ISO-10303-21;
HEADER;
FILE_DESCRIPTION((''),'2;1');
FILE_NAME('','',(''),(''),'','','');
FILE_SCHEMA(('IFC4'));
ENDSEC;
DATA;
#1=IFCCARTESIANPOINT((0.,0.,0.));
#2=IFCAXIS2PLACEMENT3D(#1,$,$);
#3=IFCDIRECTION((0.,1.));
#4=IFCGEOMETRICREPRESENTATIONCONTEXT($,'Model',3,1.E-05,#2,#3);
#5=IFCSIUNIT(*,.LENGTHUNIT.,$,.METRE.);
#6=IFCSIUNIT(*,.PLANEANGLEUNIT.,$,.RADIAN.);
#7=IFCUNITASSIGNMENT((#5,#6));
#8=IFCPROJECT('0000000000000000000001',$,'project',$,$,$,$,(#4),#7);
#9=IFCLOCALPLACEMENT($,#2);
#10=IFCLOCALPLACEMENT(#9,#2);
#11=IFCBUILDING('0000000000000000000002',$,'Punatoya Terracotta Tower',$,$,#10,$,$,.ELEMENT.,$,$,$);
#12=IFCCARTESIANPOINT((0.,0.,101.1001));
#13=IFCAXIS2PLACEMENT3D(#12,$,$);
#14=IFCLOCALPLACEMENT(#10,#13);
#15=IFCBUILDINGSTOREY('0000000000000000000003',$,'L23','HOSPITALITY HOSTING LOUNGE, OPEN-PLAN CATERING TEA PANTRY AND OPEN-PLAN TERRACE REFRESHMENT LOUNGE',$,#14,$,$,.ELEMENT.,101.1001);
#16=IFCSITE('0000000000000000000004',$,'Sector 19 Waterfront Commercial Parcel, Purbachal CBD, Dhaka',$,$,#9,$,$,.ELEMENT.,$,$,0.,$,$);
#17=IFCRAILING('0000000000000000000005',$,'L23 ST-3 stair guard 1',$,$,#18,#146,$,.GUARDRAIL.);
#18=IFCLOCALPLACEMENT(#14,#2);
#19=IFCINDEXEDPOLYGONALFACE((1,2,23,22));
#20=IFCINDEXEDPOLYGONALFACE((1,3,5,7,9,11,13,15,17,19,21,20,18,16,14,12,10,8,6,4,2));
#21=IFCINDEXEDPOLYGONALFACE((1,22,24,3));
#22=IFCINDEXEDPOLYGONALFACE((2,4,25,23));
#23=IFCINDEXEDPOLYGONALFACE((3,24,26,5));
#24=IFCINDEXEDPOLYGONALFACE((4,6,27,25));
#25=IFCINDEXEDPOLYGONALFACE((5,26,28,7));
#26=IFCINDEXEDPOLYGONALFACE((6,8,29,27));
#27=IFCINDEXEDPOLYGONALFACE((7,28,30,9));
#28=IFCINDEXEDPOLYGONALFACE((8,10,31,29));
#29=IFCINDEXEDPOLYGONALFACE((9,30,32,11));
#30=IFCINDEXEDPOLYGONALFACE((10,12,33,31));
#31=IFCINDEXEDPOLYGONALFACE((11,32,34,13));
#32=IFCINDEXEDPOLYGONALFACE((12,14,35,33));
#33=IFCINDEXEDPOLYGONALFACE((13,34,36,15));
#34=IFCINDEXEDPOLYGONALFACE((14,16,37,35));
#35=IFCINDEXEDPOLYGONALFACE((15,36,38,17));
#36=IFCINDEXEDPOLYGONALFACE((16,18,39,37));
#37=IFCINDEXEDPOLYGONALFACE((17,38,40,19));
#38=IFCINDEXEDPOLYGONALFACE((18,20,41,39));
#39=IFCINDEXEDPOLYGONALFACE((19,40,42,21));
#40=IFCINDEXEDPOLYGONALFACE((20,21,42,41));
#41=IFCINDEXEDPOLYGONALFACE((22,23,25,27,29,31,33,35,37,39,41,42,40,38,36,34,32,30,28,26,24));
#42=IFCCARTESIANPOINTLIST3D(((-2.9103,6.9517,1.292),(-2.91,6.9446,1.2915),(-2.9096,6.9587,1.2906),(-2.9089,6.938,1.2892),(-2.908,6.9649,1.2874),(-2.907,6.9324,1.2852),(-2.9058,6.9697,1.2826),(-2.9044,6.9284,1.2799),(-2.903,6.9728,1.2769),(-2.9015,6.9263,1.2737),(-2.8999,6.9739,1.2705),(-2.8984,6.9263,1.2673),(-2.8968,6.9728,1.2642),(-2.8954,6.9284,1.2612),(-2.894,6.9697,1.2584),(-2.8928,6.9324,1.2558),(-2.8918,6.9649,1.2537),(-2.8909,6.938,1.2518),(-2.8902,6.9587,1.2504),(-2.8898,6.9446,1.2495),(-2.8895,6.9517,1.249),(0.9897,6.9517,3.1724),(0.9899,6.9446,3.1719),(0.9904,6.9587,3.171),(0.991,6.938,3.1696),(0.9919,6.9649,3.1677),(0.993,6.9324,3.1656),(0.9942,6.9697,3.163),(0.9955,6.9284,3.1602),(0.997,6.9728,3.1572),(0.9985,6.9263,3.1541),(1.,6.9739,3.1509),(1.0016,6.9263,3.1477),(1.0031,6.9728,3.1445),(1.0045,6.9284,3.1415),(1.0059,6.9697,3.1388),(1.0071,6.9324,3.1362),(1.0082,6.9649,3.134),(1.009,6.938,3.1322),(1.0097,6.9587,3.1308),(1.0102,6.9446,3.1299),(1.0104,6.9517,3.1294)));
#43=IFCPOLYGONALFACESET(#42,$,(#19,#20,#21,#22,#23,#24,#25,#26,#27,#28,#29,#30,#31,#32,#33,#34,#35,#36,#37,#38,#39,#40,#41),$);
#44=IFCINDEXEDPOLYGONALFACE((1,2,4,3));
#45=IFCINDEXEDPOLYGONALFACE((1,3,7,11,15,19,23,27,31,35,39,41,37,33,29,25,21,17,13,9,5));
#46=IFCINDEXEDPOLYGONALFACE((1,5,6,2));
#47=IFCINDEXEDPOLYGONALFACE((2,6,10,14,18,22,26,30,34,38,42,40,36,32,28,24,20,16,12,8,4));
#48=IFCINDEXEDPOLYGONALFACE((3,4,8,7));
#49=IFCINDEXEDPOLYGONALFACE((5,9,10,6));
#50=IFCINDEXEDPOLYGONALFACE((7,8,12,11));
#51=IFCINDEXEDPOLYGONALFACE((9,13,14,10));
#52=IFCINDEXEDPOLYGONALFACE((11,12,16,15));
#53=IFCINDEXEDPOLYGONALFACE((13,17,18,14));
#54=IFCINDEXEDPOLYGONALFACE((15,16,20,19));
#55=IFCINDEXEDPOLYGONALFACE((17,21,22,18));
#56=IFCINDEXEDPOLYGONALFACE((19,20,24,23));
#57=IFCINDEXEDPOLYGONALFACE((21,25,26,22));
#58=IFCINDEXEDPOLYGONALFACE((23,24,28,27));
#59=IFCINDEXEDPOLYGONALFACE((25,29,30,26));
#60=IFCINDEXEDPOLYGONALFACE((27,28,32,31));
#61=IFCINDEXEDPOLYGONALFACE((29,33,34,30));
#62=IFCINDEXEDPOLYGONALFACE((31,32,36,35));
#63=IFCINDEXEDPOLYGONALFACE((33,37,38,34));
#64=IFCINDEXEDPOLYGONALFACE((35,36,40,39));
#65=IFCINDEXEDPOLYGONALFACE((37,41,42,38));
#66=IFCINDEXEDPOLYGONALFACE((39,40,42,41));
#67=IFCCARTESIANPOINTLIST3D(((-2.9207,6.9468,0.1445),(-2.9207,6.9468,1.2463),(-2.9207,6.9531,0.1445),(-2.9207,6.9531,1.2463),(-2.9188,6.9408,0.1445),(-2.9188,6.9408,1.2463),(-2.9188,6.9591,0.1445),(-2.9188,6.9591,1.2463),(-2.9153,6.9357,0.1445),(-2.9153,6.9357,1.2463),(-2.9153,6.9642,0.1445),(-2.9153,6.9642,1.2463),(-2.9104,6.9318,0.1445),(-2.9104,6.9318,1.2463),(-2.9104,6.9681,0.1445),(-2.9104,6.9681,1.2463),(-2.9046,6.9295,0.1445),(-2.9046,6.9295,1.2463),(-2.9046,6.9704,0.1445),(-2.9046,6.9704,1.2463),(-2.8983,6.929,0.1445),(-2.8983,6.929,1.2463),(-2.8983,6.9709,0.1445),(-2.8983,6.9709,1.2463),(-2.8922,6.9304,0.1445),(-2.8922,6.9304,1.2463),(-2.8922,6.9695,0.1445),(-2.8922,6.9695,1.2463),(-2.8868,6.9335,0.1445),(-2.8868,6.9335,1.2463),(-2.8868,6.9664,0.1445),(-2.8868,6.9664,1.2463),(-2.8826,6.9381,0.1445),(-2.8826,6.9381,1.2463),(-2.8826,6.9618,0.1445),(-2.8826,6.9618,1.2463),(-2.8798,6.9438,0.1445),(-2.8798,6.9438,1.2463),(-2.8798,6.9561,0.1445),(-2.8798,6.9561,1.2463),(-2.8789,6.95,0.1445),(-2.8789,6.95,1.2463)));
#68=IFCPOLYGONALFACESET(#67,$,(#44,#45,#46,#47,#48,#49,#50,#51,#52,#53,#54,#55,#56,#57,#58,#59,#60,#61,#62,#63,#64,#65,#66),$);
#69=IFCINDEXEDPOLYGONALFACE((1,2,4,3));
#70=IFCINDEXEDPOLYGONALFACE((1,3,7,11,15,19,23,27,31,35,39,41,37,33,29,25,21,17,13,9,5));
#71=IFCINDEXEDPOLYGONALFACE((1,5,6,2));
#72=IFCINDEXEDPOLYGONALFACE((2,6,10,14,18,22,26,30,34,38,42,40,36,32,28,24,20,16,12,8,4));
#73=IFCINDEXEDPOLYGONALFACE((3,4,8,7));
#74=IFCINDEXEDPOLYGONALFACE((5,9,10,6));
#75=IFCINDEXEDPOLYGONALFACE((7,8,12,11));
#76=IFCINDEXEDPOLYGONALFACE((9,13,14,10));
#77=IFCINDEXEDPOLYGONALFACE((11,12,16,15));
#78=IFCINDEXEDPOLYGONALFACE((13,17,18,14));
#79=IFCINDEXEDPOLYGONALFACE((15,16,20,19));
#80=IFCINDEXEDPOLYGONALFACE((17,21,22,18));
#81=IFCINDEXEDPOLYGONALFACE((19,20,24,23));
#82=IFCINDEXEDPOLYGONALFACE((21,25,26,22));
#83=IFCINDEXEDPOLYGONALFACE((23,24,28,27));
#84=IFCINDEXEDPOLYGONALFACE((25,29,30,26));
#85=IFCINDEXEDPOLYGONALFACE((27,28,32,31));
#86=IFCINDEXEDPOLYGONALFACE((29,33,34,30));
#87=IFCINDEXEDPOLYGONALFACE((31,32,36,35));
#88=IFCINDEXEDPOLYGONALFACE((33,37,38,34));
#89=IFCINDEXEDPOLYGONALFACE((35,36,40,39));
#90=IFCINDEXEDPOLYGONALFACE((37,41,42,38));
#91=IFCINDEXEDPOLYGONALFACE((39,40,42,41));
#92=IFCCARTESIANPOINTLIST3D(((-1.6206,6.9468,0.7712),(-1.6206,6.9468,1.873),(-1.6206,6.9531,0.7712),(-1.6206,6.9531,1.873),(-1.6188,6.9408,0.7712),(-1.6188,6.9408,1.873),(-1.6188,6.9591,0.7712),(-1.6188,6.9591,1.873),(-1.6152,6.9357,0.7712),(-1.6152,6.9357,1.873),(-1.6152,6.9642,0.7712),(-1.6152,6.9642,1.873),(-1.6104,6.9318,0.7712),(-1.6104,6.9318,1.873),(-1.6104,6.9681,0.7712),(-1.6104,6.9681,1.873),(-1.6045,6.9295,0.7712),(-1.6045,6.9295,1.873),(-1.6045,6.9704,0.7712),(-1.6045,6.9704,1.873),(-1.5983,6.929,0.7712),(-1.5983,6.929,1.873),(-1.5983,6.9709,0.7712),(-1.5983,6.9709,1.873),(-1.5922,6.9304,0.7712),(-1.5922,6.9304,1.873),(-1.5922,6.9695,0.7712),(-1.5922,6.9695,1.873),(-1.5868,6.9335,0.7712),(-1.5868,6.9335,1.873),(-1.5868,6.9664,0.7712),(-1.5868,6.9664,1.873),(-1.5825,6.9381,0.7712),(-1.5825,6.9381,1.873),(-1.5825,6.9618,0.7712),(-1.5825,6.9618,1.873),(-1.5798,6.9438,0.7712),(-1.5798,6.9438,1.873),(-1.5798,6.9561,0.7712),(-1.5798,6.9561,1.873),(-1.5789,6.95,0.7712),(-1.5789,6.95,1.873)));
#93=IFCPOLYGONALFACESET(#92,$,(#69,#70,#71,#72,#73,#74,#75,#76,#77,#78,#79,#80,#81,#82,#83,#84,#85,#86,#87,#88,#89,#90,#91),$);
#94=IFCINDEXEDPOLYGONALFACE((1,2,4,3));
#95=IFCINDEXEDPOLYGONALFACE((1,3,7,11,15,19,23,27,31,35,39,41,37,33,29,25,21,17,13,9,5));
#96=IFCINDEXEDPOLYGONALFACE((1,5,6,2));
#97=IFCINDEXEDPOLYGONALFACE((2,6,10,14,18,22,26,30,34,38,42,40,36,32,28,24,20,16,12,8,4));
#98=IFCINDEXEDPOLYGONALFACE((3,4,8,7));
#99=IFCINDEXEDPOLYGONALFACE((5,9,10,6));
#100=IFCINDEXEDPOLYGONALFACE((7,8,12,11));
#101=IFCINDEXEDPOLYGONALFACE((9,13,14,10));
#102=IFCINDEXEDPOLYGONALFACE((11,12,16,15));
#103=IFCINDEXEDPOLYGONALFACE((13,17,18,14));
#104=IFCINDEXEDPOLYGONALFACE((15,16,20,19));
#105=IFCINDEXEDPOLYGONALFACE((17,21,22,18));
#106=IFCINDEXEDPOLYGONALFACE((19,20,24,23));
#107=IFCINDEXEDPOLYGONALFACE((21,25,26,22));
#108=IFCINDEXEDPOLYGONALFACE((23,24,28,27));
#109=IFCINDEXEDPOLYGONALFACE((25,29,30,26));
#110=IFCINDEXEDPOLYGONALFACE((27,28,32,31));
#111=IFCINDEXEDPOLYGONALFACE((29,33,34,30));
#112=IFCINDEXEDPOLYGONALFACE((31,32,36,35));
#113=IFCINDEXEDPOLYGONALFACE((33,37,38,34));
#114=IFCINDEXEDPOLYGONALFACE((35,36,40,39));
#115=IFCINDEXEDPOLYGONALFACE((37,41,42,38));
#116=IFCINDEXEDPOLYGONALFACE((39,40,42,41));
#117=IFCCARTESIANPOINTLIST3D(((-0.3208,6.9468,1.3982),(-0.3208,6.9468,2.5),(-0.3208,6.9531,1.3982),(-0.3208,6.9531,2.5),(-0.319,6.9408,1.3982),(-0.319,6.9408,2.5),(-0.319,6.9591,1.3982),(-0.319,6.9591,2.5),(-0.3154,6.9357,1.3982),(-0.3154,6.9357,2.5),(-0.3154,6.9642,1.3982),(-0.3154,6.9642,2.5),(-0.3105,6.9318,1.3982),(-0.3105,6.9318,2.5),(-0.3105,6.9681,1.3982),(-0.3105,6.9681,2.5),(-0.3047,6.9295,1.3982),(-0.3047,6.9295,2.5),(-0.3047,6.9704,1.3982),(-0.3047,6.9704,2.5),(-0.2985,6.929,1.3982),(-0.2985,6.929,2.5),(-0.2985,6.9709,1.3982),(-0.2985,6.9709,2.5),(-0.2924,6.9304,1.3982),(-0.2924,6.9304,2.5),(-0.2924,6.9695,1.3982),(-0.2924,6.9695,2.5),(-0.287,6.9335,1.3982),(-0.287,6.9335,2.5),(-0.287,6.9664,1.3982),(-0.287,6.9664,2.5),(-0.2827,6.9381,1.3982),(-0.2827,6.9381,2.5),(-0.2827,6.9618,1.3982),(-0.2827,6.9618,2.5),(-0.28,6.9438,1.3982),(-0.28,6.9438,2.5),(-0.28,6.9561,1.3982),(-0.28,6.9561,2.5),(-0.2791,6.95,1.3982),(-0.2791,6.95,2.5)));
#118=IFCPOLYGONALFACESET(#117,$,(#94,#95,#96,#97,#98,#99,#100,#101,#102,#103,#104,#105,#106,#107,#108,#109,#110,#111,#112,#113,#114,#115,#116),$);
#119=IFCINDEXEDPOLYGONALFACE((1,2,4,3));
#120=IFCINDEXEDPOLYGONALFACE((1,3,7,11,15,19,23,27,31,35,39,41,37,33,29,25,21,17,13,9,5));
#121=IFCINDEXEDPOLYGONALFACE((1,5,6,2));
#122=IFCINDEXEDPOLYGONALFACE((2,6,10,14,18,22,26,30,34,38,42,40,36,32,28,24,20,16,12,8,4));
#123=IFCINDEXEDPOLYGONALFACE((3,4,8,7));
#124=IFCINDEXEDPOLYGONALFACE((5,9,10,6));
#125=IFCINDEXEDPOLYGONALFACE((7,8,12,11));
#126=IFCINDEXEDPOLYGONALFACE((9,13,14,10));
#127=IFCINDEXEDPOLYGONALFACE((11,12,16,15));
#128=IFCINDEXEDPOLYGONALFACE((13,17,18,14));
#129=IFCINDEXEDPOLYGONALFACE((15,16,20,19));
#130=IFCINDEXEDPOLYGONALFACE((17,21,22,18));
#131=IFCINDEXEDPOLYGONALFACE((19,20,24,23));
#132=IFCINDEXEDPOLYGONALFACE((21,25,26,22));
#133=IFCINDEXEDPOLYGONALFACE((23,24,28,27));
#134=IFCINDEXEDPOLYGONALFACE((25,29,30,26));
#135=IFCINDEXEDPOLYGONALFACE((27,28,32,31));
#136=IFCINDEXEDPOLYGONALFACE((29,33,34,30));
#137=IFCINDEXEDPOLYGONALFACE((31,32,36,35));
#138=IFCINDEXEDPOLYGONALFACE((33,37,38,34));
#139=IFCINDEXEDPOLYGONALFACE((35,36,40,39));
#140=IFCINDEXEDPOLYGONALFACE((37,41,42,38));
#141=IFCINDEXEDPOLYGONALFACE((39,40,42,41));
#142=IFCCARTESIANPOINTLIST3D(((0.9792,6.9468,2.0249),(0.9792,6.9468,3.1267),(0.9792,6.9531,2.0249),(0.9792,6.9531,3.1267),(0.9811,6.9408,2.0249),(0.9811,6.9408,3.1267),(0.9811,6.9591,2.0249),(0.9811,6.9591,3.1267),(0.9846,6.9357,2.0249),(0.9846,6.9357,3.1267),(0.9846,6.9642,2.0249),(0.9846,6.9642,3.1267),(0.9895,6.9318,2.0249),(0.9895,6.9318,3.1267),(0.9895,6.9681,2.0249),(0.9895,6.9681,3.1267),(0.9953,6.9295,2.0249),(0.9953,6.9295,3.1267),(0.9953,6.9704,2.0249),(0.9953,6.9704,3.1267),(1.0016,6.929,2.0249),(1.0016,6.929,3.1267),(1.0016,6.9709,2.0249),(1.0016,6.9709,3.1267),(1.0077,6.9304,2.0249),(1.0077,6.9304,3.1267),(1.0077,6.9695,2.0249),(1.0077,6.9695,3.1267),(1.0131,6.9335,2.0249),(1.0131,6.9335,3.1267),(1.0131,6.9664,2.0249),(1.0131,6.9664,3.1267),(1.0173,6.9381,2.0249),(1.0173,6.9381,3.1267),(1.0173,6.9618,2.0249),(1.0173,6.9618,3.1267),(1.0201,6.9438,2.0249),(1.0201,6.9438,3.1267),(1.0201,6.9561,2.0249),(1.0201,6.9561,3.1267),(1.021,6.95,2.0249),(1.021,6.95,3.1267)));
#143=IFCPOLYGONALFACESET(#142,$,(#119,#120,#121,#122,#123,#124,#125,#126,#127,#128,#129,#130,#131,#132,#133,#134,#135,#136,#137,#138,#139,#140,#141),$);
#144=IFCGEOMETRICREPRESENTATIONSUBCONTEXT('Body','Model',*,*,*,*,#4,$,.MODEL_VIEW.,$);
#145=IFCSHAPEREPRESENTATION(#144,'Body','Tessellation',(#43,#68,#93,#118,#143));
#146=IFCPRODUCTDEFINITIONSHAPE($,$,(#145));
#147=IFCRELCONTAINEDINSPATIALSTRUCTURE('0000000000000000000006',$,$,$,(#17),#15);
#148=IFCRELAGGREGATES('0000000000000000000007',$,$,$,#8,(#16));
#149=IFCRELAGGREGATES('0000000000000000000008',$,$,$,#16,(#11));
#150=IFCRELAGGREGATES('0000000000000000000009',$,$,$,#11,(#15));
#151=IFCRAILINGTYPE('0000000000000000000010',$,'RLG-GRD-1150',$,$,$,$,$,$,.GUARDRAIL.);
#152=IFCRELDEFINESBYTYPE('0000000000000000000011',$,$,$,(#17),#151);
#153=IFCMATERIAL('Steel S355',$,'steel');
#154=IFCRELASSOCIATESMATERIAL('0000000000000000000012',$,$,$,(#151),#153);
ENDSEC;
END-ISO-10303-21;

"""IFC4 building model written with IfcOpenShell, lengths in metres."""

from ifc_helpers import new_model, si_unit, direction, frame, origin, origin_2d, place, context, subcontext, project, spatial, circle, extrude, material, type_object, element, save


model = new_model("IFC4")

# Units and contexts
model_context = context("Model", 3, precision=1e-05, world=origin(), true_north=direction((0.0, 1.0)))
body_context = subcontext(model_context, "Body", "Model", "MODEL_VIEW")
ifc_project = project(units=[si_unit("LENGTHUNIT", "METRE"), si_unit("PLANEANGLEUNIT", "RADIAN")], contexts=[model_context])

# Site, building, storey
site_placement = place(None, origin())
site = spatial("IfcSite", under=ifc_project, at=site_placement, Name="Sector 19 Waterfront Commercial Parcel, Purbachal CBD, Dhaka", CompositionType="ELEMENT", RefElevation=0.0)
building_placement = place(site_placement, origin())
building = spatial("IfcBuilding", under=site, at=building_placement, Name="Punatoya Terracotta Tower", CompositionType="ELEMENT")
storey_placement = place(building_placement, frame((0.0, 0.0, 101.1001)))
storey = spatial("IfcBuildingStorey", under=building, at=storey_placement, Name="L23", Description="HOSPITALITY HOSTING LOUNGE, OPEN-PLAN CATERING TEA PANTRY AND OPEN-PLAN TERRACE REFRESHMENT LOUNGE", CompositionType="ELEMENT", Elevation=101.1001)

# Shared definitions
ifc_material_1 = material(Name="Steel S355", Category="steel")

# Railing
railing_type_1 = type_object("IfcRailingType", Name="RLG-GRD-1150", PredefinedType="GUARDRAIL", material=ifc_material_1)
railing_1_placement = place(storey_placement, frame((-2.8999, 6.95, 0.1445)))
element("IfcRailing", 1, at=railing_1_placement, inside=storey, type_object=railing_type_1, Name="L23 ST-3 stair guard 1", PredefinedType="GUARDRAIL", context=body_context, shape_type="SweptSolid", body=[
    extrude(circle(Radius=0.0239, at=origin_2d()), frame((0.0, 0.0, 1.126), z_axis=(0.900763, 0.0, 0.434311), x_axis=(0.0, 1.0, 0.0)), (0.0, 0.0, 1.0), 4.3296),
    extrude(circle(Radius=0.021, at=origin_2d()), origin(), (0.0, 0.0, 1.0), 1.1018),
    extrude(circle(Radius=0.021, at=origin_2d()), frame((1.3, 0.0, 0.6267)), (0.0, 0.0, 1.0), 1.1018),
    extrude(circle(Radius=0.021, at=origin_2d()), frame((2.5999, 0.0, 1.2537)), (0.0, 0.0, 1.0), 1.1018),
    extrude(circle(Radius=0.021, at=origin_2d()), frame((3.8999, 0.0, 1.8804)), (0.0, 0.0, 1.0), 1.1018),
])

save(model, "model.ifc")
